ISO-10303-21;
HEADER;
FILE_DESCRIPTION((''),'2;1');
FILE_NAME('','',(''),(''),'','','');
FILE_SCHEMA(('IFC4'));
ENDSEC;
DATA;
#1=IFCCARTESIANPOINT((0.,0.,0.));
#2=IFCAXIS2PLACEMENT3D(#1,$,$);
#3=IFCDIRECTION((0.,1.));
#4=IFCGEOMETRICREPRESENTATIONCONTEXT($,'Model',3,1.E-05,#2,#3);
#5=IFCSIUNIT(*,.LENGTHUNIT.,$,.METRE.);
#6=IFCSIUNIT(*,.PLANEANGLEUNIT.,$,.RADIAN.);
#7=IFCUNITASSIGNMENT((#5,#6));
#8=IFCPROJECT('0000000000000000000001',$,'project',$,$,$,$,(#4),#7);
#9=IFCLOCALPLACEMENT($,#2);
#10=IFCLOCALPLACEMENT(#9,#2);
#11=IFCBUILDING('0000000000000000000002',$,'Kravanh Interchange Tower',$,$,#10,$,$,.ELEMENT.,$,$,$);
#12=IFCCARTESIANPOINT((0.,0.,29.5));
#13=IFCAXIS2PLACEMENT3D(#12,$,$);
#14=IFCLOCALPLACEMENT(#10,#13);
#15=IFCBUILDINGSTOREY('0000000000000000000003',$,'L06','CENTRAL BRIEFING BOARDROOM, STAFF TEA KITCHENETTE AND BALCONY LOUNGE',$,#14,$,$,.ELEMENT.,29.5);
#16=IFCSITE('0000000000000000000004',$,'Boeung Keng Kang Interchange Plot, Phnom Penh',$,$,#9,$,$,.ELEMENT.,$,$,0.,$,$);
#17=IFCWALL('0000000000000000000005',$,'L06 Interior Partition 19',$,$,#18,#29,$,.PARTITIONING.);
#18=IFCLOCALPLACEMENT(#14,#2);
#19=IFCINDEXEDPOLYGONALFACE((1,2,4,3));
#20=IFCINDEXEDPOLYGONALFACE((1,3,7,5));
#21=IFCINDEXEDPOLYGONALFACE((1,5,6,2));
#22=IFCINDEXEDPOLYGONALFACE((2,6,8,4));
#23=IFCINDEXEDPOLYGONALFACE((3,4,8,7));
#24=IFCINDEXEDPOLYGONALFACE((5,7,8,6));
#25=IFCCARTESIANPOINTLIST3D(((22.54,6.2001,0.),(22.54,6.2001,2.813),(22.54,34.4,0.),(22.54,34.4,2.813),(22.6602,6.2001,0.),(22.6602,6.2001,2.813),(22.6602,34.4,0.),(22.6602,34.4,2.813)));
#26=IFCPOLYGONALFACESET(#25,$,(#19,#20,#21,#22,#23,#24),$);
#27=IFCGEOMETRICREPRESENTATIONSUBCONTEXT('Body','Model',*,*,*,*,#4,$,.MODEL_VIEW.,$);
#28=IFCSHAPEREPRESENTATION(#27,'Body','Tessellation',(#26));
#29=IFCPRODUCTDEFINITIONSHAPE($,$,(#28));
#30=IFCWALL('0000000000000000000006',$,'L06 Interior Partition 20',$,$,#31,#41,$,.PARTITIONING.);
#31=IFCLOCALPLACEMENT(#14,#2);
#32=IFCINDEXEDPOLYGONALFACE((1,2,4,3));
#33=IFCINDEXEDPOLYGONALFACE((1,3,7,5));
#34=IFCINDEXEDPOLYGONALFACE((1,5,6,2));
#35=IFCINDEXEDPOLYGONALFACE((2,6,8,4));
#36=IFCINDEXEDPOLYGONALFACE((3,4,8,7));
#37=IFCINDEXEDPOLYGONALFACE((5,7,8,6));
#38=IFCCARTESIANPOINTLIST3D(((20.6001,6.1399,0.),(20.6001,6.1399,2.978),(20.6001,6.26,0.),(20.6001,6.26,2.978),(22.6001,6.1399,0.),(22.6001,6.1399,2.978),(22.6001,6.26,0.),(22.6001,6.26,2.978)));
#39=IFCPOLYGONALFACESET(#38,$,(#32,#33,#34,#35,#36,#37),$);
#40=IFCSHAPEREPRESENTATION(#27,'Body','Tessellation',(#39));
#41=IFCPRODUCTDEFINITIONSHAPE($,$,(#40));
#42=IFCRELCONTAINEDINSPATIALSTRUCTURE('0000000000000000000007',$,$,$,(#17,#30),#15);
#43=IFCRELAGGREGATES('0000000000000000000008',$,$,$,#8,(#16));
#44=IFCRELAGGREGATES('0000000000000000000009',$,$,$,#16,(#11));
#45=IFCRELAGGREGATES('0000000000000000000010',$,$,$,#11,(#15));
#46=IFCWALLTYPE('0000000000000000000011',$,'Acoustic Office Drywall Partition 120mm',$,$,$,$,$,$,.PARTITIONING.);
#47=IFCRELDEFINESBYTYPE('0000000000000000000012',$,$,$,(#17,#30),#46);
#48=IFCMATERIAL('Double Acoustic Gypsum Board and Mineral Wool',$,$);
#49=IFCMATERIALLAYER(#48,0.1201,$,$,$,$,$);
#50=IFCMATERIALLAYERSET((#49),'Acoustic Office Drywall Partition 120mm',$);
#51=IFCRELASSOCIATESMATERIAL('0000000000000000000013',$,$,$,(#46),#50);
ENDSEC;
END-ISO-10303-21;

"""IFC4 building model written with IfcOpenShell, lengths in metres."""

from ifc_helpers import new_model, si_unit, direction, frame, frame_2d, origin, place, context, subcontext, project, spatial, rectangle, extrude, material, layer, layer_set, type_object, element, save


model = new_model("IFC4")

# Units and contexts
model_context = context("Model", 3, precision=1e-05, world=origin(), true_north=direction((0.0, 1.0)))
body_context = subcontext(model_context, "Body", "Model", "MODEL_VIEW")
ifc_project = project(units=[si_unit("LENGTHUNIT", "METRE"), si_unit("PLANEANGLEUNIT", "RADIAN")], contexts=[model_context])

# Site, building, storey
site_placement = place(None, origin())
site = spatial("IfcSite", under=ifc_project, at=site_placement, Name="Boeung Keng Kang Interchange Plot, Phnom Penh", CompositionType="ELEMENT", RefElevation=0.0)
building_placement = place(site_placement, origin())
building = spatial("IfcBuilding", under=site, at=building_placement, Name="Kravanh Interchange Tower", CompositionType="ELEMENT")
storey_placement = place(building_placement, frame((0.0, 0.0, 29.5)))
storey = spatial("IfcBuildingStorey", under=building, at=storey_placement, Name="L06", Description="CENTRAL BRIEFING BOARDROOM, STAFF TEA KITCHENETTE AND BALCONY LOUNGE", CompositionType="ELEMENT", Elevation=29.5)

# Shared definitions
ifc_material_1 = material(Name="Double Acoustic Gypsum Board and Mineral Wool")
ifc_layer_1 = layer(ifc_material_1, 0.1201)
ifc_layer_set_1 = layer_set([ifc_layer_1], Name="Acoustic Office Drywall Partition 120mm")
wall_type = type_object("IfcWallType", Name="Acoustic Office Drywall Partition 120mm", PredefinedType="PARTITIONING", material=ifc_layer_set_1)

# Walls
wall_1_placement = place(storey_placement, frame((22.6001, 6.2, 0.0), z_axis=(0.0, 0.0, 1.0), x_axis=(0.0, 1.0, 0.0)))
element("IfcWall", 1, at=wall_1_placement, inside=storey, type_object=wall_type, Name="L06 Interior Partition 19", PredefinedType="PARTITIONING", context=body_context, shape_type="SweptSolid", body=[
    extrude(rectangle(XDim=28.2, YDim=0.1201, at=frame_2d((14.1001, 0.0))), origin(), (0.0, 0.0, 1.0), 2.813),
])
wall_2_placement = place(storey_placement, frame((20.6001, 6.2, 0.0), z_axis=(0.0, 0.0, 1.0), x_axis=(1.0, 0.0, 0.0)))
element("IfcWall", 2, at=wall_2_placement, inside=storey, type_object=wall_type, Name="L06 Interior Partition 20", PredefinedType="PARTITIONING", context=body_context, shape_type="SweptSolid", body=[
    extrude(rectangle(XDim=2.0, YDim=0.1201, at=frame_2d((1.0, 0.0))), origin(), (0.0, 0.0, 1.0), 2.978),
])

save(model, "model.ifc")
